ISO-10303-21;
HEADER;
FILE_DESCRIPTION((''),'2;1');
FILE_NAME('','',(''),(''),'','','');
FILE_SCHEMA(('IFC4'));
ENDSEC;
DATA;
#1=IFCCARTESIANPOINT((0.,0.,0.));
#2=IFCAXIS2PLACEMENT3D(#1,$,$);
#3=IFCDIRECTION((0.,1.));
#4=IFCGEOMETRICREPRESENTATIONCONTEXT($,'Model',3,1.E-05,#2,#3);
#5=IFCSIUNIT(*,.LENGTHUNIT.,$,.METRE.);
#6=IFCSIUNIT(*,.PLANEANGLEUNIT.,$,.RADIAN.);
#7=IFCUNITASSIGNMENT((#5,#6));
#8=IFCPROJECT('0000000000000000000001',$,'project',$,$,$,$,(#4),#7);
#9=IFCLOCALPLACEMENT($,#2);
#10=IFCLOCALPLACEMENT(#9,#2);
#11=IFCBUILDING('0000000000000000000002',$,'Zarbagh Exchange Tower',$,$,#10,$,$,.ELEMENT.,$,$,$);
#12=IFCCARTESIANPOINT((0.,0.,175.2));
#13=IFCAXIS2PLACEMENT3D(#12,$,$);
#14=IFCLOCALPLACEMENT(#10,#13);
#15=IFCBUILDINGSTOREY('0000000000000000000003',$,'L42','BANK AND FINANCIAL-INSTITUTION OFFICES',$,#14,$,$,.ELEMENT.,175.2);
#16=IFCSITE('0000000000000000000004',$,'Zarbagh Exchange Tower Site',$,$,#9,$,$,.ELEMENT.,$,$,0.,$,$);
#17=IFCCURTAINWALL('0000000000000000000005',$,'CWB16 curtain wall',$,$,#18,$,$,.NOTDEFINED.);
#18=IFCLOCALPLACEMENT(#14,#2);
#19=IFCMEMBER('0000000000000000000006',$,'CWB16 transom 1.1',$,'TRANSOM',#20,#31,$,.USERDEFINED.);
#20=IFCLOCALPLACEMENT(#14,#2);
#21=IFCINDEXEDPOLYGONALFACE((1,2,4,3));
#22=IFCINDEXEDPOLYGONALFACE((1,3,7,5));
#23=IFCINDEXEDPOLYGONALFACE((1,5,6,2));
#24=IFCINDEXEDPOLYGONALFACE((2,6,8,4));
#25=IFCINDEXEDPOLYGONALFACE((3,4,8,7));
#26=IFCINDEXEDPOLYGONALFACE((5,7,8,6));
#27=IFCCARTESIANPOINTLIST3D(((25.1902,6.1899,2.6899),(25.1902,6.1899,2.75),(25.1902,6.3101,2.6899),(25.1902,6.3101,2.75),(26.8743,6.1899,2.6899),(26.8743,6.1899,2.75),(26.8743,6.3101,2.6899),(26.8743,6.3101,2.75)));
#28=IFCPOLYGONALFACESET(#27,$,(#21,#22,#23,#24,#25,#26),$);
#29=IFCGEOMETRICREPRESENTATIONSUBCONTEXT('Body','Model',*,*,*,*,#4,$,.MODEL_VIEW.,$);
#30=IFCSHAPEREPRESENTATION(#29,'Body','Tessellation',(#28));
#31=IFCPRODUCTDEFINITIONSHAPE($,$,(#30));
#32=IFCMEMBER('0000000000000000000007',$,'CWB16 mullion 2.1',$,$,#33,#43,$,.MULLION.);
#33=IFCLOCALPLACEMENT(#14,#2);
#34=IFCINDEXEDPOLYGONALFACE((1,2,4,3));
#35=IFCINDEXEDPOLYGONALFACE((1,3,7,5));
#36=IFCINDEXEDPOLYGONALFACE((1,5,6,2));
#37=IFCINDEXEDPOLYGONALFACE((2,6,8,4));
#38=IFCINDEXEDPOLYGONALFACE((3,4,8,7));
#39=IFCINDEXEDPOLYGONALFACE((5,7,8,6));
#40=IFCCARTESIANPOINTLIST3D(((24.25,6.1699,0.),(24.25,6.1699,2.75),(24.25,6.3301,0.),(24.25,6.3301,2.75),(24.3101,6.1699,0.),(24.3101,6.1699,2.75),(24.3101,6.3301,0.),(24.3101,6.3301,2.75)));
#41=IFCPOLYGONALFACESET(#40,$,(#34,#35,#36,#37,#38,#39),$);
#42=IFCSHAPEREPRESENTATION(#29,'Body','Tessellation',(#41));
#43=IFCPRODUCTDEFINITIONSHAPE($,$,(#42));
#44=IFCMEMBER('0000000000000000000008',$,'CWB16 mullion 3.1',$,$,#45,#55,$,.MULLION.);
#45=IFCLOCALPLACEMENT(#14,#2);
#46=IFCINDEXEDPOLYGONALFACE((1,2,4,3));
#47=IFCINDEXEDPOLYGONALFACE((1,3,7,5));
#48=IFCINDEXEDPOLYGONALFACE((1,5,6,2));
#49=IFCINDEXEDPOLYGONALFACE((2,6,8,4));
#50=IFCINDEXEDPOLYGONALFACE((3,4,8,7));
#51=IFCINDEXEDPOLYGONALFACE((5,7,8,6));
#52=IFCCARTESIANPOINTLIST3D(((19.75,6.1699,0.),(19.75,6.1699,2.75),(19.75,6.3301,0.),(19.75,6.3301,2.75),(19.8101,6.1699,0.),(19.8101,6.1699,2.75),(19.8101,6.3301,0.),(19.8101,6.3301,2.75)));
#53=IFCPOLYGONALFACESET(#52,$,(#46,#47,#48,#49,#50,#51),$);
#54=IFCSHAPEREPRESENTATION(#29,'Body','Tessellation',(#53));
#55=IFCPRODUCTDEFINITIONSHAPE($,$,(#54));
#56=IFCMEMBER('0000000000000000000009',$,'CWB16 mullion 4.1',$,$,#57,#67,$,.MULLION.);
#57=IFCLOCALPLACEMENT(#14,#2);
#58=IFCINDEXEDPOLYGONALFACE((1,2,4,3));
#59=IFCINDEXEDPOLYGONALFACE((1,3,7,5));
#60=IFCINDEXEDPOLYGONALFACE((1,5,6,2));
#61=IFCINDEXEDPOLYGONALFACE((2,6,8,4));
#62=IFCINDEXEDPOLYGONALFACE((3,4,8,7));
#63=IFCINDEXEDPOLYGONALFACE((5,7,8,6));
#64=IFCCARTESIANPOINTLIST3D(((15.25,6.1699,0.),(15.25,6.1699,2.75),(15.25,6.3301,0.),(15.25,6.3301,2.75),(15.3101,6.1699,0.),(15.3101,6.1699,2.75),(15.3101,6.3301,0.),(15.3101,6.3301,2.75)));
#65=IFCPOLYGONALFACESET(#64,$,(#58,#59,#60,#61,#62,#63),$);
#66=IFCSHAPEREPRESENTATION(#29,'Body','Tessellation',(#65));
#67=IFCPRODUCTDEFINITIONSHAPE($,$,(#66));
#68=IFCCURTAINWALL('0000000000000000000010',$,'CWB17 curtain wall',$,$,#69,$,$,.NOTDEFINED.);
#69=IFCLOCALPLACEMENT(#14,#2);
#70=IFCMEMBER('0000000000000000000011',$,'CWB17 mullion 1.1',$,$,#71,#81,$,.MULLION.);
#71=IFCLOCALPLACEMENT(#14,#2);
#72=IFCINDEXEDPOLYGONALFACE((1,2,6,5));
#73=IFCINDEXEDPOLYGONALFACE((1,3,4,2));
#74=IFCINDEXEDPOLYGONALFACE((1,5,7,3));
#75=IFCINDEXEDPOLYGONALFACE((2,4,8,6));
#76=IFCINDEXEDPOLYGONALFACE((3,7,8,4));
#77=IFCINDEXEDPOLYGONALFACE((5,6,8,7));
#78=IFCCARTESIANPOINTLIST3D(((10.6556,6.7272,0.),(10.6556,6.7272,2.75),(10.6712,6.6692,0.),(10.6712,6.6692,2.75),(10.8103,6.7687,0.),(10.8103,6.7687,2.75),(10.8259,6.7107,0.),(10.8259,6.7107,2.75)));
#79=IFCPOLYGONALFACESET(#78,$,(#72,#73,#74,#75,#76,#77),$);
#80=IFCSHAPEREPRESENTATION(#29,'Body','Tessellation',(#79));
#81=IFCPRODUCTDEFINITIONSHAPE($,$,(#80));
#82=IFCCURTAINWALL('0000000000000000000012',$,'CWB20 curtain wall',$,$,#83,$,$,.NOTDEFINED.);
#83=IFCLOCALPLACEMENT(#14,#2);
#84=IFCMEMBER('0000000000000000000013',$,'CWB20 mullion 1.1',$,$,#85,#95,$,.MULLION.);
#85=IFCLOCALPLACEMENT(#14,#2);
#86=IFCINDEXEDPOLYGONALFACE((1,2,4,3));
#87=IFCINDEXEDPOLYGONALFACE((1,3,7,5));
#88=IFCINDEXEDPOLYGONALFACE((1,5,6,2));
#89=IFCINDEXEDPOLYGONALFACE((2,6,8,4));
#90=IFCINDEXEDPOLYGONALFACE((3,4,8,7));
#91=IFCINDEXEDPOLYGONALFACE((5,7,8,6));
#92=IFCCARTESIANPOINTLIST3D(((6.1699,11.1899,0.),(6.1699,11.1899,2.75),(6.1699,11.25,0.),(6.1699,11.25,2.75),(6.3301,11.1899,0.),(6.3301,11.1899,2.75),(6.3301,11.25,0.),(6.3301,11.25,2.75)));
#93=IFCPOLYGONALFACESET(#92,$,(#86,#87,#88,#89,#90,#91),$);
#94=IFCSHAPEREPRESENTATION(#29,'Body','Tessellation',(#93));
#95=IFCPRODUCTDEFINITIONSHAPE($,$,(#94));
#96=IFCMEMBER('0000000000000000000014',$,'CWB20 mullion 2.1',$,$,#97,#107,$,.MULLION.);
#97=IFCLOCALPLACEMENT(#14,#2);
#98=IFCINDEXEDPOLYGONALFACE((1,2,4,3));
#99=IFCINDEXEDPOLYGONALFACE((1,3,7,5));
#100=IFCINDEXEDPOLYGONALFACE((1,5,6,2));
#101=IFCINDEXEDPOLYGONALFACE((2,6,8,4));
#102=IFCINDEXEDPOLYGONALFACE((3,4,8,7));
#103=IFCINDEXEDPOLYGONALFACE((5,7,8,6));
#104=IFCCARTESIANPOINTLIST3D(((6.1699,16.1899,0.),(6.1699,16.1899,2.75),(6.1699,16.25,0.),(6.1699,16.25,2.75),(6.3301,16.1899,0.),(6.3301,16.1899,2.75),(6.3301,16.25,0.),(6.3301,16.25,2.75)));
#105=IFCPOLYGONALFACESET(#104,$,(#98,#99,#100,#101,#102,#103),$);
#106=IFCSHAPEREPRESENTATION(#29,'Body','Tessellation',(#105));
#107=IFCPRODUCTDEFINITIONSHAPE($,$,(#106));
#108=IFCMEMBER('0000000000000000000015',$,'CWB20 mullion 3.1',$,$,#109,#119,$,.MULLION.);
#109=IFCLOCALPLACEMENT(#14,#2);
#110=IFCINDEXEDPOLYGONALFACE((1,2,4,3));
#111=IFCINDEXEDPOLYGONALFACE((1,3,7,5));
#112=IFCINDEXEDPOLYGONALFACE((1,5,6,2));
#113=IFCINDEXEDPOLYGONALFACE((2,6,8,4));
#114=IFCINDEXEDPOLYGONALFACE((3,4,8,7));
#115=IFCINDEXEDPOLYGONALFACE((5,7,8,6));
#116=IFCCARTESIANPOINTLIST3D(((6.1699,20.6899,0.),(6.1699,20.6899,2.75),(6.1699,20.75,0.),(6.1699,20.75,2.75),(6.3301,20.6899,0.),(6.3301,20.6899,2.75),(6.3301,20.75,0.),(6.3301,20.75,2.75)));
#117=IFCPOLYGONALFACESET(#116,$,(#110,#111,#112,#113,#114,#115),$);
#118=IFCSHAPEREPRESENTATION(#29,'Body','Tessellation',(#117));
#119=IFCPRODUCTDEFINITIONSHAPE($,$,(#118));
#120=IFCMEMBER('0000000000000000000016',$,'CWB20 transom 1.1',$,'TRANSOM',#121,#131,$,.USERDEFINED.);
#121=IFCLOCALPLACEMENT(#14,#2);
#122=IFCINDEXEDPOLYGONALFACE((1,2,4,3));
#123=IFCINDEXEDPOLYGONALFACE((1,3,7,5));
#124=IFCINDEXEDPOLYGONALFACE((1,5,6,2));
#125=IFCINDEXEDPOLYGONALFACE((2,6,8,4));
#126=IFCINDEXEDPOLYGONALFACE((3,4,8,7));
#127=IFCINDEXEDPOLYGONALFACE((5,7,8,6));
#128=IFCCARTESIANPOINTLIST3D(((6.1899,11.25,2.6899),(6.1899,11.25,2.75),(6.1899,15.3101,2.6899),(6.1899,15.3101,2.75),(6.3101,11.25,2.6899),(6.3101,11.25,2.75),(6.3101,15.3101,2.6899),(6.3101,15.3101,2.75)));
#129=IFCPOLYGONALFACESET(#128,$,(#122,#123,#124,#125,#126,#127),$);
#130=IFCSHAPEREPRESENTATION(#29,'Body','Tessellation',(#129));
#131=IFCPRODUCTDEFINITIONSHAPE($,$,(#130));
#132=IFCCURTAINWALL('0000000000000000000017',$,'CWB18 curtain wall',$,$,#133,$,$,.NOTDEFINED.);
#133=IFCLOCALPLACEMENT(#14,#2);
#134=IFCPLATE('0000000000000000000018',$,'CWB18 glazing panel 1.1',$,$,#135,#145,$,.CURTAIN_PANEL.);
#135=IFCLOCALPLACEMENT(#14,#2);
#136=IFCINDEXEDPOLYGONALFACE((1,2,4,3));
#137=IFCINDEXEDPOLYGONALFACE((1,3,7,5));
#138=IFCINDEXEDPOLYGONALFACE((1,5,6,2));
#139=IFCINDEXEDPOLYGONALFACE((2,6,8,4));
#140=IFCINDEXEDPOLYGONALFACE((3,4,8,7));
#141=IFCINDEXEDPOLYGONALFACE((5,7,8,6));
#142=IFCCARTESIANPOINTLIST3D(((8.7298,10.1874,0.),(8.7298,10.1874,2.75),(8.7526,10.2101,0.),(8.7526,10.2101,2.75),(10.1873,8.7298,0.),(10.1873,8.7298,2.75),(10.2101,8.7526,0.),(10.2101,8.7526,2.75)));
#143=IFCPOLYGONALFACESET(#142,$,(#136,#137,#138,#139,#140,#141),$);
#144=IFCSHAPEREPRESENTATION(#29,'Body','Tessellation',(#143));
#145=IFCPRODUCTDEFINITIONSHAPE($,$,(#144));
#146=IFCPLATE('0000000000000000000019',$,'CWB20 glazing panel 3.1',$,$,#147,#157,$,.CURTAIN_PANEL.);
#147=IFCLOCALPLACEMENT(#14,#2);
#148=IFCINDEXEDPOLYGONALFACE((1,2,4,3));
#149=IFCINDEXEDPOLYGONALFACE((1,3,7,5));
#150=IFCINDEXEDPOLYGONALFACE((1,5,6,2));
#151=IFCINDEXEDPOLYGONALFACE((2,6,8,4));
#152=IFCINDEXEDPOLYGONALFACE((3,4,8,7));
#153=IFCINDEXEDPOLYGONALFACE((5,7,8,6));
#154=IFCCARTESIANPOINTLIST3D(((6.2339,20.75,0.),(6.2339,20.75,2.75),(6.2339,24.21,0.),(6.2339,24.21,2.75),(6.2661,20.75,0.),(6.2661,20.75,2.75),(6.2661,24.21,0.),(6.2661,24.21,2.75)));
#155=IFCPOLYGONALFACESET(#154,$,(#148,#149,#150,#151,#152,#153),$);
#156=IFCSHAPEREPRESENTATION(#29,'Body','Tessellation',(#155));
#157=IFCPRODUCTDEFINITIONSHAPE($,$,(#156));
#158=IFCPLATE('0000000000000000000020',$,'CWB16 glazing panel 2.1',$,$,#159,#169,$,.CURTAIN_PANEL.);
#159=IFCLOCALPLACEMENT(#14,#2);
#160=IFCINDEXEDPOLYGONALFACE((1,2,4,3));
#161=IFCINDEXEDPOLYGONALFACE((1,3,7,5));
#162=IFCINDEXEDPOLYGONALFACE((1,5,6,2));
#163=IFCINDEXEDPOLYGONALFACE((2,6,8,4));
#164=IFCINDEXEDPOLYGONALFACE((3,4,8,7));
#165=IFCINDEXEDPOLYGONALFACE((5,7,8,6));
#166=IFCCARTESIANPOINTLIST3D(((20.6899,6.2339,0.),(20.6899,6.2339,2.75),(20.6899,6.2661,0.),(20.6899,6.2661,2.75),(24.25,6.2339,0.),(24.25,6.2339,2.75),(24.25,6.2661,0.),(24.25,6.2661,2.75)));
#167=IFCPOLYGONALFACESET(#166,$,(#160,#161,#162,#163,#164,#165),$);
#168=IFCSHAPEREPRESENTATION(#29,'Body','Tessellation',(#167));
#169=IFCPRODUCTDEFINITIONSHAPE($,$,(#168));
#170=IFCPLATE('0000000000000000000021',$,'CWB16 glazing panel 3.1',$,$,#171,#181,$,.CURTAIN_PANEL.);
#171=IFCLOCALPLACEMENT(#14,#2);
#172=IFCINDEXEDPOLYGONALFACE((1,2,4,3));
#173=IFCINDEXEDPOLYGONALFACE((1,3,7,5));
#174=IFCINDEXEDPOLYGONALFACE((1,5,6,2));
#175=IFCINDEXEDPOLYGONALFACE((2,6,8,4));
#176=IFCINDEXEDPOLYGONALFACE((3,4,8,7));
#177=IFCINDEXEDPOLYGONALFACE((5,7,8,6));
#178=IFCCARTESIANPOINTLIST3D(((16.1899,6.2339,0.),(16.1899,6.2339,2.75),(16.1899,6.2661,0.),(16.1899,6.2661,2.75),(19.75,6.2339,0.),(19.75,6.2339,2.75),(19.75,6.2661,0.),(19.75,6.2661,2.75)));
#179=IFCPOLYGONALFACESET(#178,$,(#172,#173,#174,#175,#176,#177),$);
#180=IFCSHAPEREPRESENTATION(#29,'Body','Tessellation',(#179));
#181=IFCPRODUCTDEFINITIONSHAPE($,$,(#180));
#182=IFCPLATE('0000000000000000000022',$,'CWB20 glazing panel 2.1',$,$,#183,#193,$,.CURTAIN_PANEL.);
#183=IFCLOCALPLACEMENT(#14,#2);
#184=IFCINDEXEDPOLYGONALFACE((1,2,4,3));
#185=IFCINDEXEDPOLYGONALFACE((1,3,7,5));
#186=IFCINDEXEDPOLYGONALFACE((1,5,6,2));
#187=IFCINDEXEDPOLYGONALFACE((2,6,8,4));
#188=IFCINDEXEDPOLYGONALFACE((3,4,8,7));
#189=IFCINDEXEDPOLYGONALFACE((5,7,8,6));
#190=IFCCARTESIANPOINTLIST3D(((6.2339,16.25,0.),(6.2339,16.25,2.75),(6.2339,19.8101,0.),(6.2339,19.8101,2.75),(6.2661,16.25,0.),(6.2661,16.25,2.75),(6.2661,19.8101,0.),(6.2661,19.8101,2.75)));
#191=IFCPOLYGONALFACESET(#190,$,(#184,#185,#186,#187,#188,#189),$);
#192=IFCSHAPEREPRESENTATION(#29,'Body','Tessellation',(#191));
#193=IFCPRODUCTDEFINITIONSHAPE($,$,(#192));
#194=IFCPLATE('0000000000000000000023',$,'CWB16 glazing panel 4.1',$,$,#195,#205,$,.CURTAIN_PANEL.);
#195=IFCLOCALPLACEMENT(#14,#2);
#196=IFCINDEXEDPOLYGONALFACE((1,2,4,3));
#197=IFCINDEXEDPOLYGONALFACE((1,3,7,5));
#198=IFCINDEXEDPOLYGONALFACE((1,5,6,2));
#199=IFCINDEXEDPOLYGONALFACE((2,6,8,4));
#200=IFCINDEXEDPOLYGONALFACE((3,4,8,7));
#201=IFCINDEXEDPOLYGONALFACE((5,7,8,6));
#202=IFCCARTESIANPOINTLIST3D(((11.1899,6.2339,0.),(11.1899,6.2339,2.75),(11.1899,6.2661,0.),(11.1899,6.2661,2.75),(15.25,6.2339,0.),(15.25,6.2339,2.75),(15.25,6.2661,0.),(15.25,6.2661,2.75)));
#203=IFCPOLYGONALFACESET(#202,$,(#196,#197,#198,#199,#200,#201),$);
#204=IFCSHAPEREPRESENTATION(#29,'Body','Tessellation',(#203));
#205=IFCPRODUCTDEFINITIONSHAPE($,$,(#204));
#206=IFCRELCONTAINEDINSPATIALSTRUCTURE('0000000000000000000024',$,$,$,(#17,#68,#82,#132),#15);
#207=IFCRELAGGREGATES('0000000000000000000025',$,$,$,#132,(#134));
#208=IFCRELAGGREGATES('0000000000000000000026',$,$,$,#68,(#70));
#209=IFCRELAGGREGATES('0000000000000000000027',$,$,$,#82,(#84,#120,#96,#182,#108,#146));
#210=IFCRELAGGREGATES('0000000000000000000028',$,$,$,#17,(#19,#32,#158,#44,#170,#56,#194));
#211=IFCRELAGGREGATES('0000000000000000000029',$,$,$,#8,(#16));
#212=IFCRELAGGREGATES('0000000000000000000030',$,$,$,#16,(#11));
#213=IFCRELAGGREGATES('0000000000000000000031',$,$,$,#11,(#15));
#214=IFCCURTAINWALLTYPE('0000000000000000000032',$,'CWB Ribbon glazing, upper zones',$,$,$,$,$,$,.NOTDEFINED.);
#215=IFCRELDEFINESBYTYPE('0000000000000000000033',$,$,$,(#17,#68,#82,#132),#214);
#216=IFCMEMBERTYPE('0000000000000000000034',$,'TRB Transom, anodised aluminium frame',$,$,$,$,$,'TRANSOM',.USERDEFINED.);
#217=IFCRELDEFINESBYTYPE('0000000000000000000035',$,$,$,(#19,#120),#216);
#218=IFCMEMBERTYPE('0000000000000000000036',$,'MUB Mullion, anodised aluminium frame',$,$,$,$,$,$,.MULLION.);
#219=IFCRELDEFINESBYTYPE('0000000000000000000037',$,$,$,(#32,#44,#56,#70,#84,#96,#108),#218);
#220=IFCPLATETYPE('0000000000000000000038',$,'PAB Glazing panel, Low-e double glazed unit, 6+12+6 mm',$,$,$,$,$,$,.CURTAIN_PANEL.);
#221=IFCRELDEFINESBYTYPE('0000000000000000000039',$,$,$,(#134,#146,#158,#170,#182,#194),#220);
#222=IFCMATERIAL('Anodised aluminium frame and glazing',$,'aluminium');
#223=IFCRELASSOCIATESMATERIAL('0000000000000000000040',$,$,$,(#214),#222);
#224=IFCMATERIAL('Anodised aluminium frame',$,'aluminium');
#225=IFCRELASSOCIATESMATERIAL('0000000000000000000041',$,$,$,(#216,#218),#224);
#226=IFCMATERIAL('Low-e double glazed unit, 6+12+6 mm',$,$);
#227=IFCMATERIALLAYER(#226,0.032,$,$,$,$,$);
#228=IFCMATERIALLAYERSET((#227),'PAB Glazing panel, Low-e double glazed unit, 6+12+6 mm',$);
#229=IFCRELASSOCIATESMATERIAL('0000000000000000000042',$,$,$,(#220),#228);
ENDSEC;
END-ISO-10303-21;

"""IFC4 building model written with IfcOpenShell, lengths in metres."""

from ifc_helpers import new_model, si_unit, direction, frame, origin, place, context, subcontext, project, spatial, polyline, outline, extrude, source, transform, mapped, material, layer, layer_set, type_object, element, aggregate, save


model = new_model("IFC4")

# Units and contexts
model_context = context("Model", 3, precision=1e-05, world=origin(), true_north=direction((0.0, 1.0)))
body_context = subcontext(model_context, "Body", "Model", "MODEL_VIEW")
ifc_project = project(units=[si_unit("LENGTHUNIT", "METRE"), si_unit("PLANEANGLEUNIT", "RADIAN")], contexts=[model_context])

# Site, building, storey
site_placement = place(None, origin())
site = spatial("IfcSite", under=ifc_project, at=site_placement, Name="Zarbagh Exchange Tower Site", CompositionType="ELEMENT", RefElevation=0.0)
building_placement = place(site_placement, origin())
building = spatial("IfcBuilding", under=site, at=building_placement, Name="Zarbagh Exchange Tower", CompositionType="ELEMENT")
storey_placement = place(building_placement, frame((0.0, 0.0, 175.2)))
storey = spatial("IfcBuildingStorey", under=building, at=storey_placement, Name="L42", Description="BANK AND FINANCIAL-INSTITUTION OFFICES", CompositionType="ELEMENT", Elevation=175.2)

# Curtain wall, members
ifc_material_1 = material(Name="Anodised aluminium frame and glazing", Category="aluminium")
curtain_wall_type = type_object("IfcCurtainWallType", Name="CWB Ribbon glazing, upper zones", PredefinedType="NOTDEFINED", material=ifc_material_1)
curtain_wall_1_placement = place(storey_placement, origin())
curtain_wall_1 = element("IfcCurtainWall", 1, at=curtain_wall_1_placement, inside=storey, type_object=curtain_wall_type, Name="CWB16 curtain wall", PredefinedType="NOTDEFINED")
ifc_material_2 = material(Name="Anodised aluminium frame", Category="aluminium")
member_type_1 = type_object("IfcMemberType", Name="TRB Transom, anodised aluminium frame", ElementType="TRANSOM", PredefinedType="USERDEFINED", material=ifc_material_2)
shared_shape_1 = source(origin(), body_context, "Body", "SweptSolid", [
    extrude(outline(polyline([(-0.0601, -0.0601), (0.0, -0.0601), (0.0, 0.0601), (-0.0601, 0.0601), (-0.0601, -0.0601)])), origin(), (0.0, 0.0, 1.0), 1.6841),
])
placement = place(storey_placement, origin())
member_1 = element("IfcMember", 2, at=placement, type_object=member_type_1, Name="CWB16 transom 1.1", ObjectType="TRANSOM", PredefinedType="USERDEFINED", context=body_context, shape_type="MappedRepresentation", body=[
    mapped(shared_shape_1, transform((26.8743, 6.25, 2.75), x_axis=(0.0, 0.0, 1.0), y_axis=(0.0, 1.0, 0.0), z_axis=(-1.0, 0.0, 0.0))),
])
member_type_2 = type_object("IfcMemberType", Name="MUB Mullion, anodised aluminium frame", PredefinedType="MULLION", material=ifc_material_2)
shared_shape_2 = source(origin(), body_context, "Body", "SweptSolid", [
    extrude(outline(polyline([(0.0, -0.0801), (0.0601, -0.0801), (0.0601, 0.0801), (0.0, 0.0801), (0.0, -0.0801)])), origin(), (0.0, 0.0, 1.0), 2.75),
])
member_2 = element("IfcMember", 3, at=placement, type_object=member_type_2, Name="CWB16 mullion 2.1", PredefinedType="MULLION", context=body_context, shape_type="MappedRepresentation", body=[
    mapped(shared_shape_2, transform((24.3101, 6.25, 0.0), x_axis=(-1.0, 0.0, 0.0), y_axis=(0.0, -1.0, 0.0), z_axis=(0.0, 0.0, 1.0))),
])
member_3 = element("IfcMember", 4, at=placement, type_object=member_type_2, Name="CWB16 mullion 3.1", PredefinedType="MULLION", context=body_context, shape_type="MappedRepresentation", body=[
    mapped(shared_shape_2, transform((19.8101, 6.25, 0.0), x_axis=(-1.0, 0.0, 0.0), y_axis=(0.0, -1.0, 0.0), z_axis=(0.0, 0.0, 1.0))),
])
member_4 = element("IfcMember", 5, at=placement, type_object=member_type_2, Name="CWB16 mullion 4.1", PredefinedType="MULLION", context=body_context, shape_type="MappedRepresentation", body=[
    mapped(shared_shape_2, transform((15.3101, 6.25, 0.0), x_axis=(-1.0, 0.0, 0.0), y_axis=(0.0, -1.0, 0.0), z_axis=(0.0, 0.0, 1.0))),
])

# Curtain wall, member
curtain_wall_2_placement = place(storey_placement, origin())
curtain_wall_2 = element("IfcCurtainWall", 6, at=curtain_wall_2_placement, inside=storey, type_object=curtain_wall_type, Name="CWB17 curtain wall", PredefinedType="NOTDEFINED")
member_5 = element("IfcMember", 7, at=placement, type_object=member_type_2, Name="CWB17 mullion 1.1", PredefinedType="MULLION", context=body_context, shape_type="MappedRepresentation", body=[
    mapped(shared_shape_2, transform((10.7485, 6.6899, 0.0), x_axis=(-0.258825, 0.965924, 0.0), y_axis=(-0.965924, -0.258825, 0.0), z_axis=(0.0, 0.0, 1.0))),
])

# Curtain wall, members
curtain_wall_3_placement = place(storey_placement, origin())
curtain_wall_3 = element("IfcCurtainWall", 8, at=curtain_wall_3_placement, inside=storey, type_object=curtain_wall_type, Name="CWB20 curtain wall", PredefinedType="NOTDEFINED")
member_6 = element("IfcMember", 9, at=placement, type_object=member_type_2, Name="CWB20 mullion 1.1", PredefinedType="MULLION", context=body_context, shape_type="MappedRepresentation", body=[
    mapped(shared_shape_2, transform((6.25, 11.1899, 0.0), x_axis=(0.0, 1.0, 0.0), y_axis=(-1.0, 0.0, 0.0), z_axis=(0.0, 0.0, 1.0))),
])
member_7 = element("IfcMember", 10, at=placement, type_object=member_type_2, Name="CWB20 mullion 2.1", PredefinedType="MULLION", context=body_context, shape_type="MappedRepresentation", body=[
    mapped(shared_shape_2, transform((6.25, 16.1899, 0.0), x_axis=(0.0, 1.0, 0.0), y_axis=(-1.0, 0.0, 0.0), z_axis=(0.0, 0.0, 1.0))),
])
member_8 = element("IfcMember", 11, at=placement, type_object=member_type_2, Name="CWB20 mullion 3.1", PredefinedType="MULLION", context=body_context, shape_type="MappedRepresentation", body=[
    mapped(shared_shape_2, transform((6.25, 20.6899, 0.0), x_axis=(0.0, 1.0, 0.0), y_axis=(-1.0, 0.0, 0.0), z_axis=(0.0, 0.0, 1.0))),
])
shared_shape_3 = source(origin(), body_context, "Body", "SweptSolid", [
    extrude(outline(polyline([(-0.0601, -0.0601), (0.0, -0.0601), (0.0, 0.0601), (-0.0601, 0.0601), (-0.0601, -0.0601)])), origin(), (0.0, 0.0, 1.0), 4.0601),
])
member_9 = element("IfcMember", 12, at=placement, type_object=member_type_1, Name="CWB20 transom 1.1", ObjectType="TRANSOM", PredefinedType="USERDEFINED", context=body_context, shape_type="MappedRepresentation", body=[
    mapped(shared_shape_3, transform((6.25, 11.25, 2.75), x_axis=(0.0, 0.0, 1.0), y_axis=(1.0, 0.0, 0.0), z_axis=(0.0, 1.0, 0.0))),
])

# Curtain wall, plate
curtain_wall_4_placement = place(storey_placement, origin())
curtain_wall_4 = element("IfcCurtainWall", 13, at=curtain_wall_4_placement, inside=storey, type_object=curtain_wall_type, Name="CWB18 curtain wall", PredefinedType="NOTDEFINED")
ifc_material_3 = material(Name="Low-e double glazed unit, 6+12+6 mm")
ifc_layer_1 = layer(ifc_material_3, 0.032)
ifc_layer_set_1 = layer_set([ifc_layer_1], Name="PAB Glazing panel, Low-e double glazed unit, 6+12+6 mm")
plate_type = type_object("IfcPlateType", Name="PAB Glazing panel, Low-e double glazed unit, 6+12+6 mm", PredefinedType="CURTAIN_PANEL", material=ifc_layer_set_1)
shared_shape_4 = source(origin(), body_context, "Body", "SweptSolid", [
    extrude(outline(polyline([(0.0, -0.0161), (2.0613, -0.0161), (2.0613, 0.0161), (0.0, 0.0161), (0.0, -0.0161)])), origin(), (0.0, 0.0, 1.0), 2.75),
])
plate_1 = element("IfcPlate", 14, at=placement, type_object=plate_type, Name="CWB18 glazing panel 1.1", PredefinedType="CURTAIN_PANEL", context=body_context, shape_type="MappedRepresentation", body=[
    mapped(shared_shape_4, transform((10.1987, 8.7412, 0.0), x_axis=(-0.707107, 0.707107, 0.0), y_axis=(-0.707107, -0.707107, 0.0), z_axis=(0.0, 0.0, 1.0))),
])
aggregate(curtain_wall_4, [plate_1])

# Plates
shared_shape_5 = source(origin(), body_context, "Body", "SweptSolid", [
    extrude(outline(polyline([(0.0, -0.0161), (3.46, -0.0161), (3.46, 0.0161), (0.0, 0.0161), (0.0, -0.0161)])), origin(), (0.0, 0.0, 1.0), 2.75),
])
plate_2 = element("IfcPlate", 15, at=placement, type_object=plate_type, Name="CWB20 glazing panel 3.1", PredefinedType="CURTAIN_PANEL", context=body_context, shape_type="MappedRepresentation", body=[
    mapped(shared_shape_5, transform((6.25, 20.75, 0.0), x_axis=(0.0, 1.0, 0.0), y_axis=(-1.0, 0.0, 0.0), z_axis=(0.0, 0.0, 1.0))),
])
shared_shape_6 = source(origin(), body_context, "Body", "SweptSolid", [
    extrude(outline(polyline([(0.0, -0.0161), (3.5601, -0.0161), (3.5601, 0.0161), (0.0, 0.0161), (0.0, -0.0161)])), origin(), (0.0, 0.0, 1.0), 2.75),
])
plate_3 = element("IfcPlate", 16, at=placement, type_object=plate_type, Name="CWB16 glazing panel 2.1", PredefinedType="CURTAIN_PANEL", context=body_context, shape_type="MappedRepresentation", body=[
    mapped(shared_shape_6, transform((24.25, 6.25, 0.0), x_axis=(-1.0, 0.0, 0.0), y_axis=(0.0, -1.0, 0.0), z_axis=(0.0, 0.0, 1.0))),
])
plate_4 = element("IfcPlate", 17, at=placement, type_object=plate_type, Name="CWB16 glazing panel 3.1", PredefinedType="CURTAIN_PANEL", context=body_context, shape_type="MappedRepresentation", body=[
    mapped(shared_shape_6, transform((19.75, 6.25, 0.0), x_axis=(-1.0, 0.0, 0.0), y_axis=(0.0, -1.0, 0.0), z_axis=(0.0, 0.0, 1.0))),
])
plate_5 = element("IfcPlate", 18, at=placement, type_object=plate_type, Name="CWB20 glazing panel 2.1", PredefinedType="CURTAIN_PANEL", context=body_context, shape_type="MappedRepresentation", body=[
    mapped(shared_shape_6, transform((6.25, 16.25, 0.0), x_axis=(0.0, 1.0, 0.0), y_axis=(-1.0, 0.0, 0.0), z_axis=(0.0, 0.0, 1.0))),
])
shared_shape_7 = source(origin(), body_context, "Body", "SweptSolid", [
    extrude(outline(polyline([(0.0, -0.0161), (4.0601, -0.0161), (4.0601, 0.0161), (0.0, 0.0161), (0.0, -0.0161)])), origin(), (0.0, 0.0, 1.0), 2.75),
])
plate_6 = element("IfcPlate", 19, at=placement, type_object=plate_type, Name="CWB16 glazing panel 4.1", PredefinedType="CURTAIN_PANEL", context=body_context, shape_type="MappedRepresentation", body=[
    mapped(shared_shape_7, transform((15.25, 6.25, 0.0), x_axis=(-1.0, 0.0, 0.0), y_axis=(0.0, -1.0, 0.0), z_axis=(0.0, 0.0, 1.0))),
])
aggregate(curtain_wall_2, [member_5])

aggregate(curtain_wall_3, [member_6, member_9, member_7, plate_5, member_8, plate_2])
aggregate(curtain_wall_1, [member_1, member_2, plate_3, member_3, plate_4, member_4, plate_6])

save(model, "model.ifc")
